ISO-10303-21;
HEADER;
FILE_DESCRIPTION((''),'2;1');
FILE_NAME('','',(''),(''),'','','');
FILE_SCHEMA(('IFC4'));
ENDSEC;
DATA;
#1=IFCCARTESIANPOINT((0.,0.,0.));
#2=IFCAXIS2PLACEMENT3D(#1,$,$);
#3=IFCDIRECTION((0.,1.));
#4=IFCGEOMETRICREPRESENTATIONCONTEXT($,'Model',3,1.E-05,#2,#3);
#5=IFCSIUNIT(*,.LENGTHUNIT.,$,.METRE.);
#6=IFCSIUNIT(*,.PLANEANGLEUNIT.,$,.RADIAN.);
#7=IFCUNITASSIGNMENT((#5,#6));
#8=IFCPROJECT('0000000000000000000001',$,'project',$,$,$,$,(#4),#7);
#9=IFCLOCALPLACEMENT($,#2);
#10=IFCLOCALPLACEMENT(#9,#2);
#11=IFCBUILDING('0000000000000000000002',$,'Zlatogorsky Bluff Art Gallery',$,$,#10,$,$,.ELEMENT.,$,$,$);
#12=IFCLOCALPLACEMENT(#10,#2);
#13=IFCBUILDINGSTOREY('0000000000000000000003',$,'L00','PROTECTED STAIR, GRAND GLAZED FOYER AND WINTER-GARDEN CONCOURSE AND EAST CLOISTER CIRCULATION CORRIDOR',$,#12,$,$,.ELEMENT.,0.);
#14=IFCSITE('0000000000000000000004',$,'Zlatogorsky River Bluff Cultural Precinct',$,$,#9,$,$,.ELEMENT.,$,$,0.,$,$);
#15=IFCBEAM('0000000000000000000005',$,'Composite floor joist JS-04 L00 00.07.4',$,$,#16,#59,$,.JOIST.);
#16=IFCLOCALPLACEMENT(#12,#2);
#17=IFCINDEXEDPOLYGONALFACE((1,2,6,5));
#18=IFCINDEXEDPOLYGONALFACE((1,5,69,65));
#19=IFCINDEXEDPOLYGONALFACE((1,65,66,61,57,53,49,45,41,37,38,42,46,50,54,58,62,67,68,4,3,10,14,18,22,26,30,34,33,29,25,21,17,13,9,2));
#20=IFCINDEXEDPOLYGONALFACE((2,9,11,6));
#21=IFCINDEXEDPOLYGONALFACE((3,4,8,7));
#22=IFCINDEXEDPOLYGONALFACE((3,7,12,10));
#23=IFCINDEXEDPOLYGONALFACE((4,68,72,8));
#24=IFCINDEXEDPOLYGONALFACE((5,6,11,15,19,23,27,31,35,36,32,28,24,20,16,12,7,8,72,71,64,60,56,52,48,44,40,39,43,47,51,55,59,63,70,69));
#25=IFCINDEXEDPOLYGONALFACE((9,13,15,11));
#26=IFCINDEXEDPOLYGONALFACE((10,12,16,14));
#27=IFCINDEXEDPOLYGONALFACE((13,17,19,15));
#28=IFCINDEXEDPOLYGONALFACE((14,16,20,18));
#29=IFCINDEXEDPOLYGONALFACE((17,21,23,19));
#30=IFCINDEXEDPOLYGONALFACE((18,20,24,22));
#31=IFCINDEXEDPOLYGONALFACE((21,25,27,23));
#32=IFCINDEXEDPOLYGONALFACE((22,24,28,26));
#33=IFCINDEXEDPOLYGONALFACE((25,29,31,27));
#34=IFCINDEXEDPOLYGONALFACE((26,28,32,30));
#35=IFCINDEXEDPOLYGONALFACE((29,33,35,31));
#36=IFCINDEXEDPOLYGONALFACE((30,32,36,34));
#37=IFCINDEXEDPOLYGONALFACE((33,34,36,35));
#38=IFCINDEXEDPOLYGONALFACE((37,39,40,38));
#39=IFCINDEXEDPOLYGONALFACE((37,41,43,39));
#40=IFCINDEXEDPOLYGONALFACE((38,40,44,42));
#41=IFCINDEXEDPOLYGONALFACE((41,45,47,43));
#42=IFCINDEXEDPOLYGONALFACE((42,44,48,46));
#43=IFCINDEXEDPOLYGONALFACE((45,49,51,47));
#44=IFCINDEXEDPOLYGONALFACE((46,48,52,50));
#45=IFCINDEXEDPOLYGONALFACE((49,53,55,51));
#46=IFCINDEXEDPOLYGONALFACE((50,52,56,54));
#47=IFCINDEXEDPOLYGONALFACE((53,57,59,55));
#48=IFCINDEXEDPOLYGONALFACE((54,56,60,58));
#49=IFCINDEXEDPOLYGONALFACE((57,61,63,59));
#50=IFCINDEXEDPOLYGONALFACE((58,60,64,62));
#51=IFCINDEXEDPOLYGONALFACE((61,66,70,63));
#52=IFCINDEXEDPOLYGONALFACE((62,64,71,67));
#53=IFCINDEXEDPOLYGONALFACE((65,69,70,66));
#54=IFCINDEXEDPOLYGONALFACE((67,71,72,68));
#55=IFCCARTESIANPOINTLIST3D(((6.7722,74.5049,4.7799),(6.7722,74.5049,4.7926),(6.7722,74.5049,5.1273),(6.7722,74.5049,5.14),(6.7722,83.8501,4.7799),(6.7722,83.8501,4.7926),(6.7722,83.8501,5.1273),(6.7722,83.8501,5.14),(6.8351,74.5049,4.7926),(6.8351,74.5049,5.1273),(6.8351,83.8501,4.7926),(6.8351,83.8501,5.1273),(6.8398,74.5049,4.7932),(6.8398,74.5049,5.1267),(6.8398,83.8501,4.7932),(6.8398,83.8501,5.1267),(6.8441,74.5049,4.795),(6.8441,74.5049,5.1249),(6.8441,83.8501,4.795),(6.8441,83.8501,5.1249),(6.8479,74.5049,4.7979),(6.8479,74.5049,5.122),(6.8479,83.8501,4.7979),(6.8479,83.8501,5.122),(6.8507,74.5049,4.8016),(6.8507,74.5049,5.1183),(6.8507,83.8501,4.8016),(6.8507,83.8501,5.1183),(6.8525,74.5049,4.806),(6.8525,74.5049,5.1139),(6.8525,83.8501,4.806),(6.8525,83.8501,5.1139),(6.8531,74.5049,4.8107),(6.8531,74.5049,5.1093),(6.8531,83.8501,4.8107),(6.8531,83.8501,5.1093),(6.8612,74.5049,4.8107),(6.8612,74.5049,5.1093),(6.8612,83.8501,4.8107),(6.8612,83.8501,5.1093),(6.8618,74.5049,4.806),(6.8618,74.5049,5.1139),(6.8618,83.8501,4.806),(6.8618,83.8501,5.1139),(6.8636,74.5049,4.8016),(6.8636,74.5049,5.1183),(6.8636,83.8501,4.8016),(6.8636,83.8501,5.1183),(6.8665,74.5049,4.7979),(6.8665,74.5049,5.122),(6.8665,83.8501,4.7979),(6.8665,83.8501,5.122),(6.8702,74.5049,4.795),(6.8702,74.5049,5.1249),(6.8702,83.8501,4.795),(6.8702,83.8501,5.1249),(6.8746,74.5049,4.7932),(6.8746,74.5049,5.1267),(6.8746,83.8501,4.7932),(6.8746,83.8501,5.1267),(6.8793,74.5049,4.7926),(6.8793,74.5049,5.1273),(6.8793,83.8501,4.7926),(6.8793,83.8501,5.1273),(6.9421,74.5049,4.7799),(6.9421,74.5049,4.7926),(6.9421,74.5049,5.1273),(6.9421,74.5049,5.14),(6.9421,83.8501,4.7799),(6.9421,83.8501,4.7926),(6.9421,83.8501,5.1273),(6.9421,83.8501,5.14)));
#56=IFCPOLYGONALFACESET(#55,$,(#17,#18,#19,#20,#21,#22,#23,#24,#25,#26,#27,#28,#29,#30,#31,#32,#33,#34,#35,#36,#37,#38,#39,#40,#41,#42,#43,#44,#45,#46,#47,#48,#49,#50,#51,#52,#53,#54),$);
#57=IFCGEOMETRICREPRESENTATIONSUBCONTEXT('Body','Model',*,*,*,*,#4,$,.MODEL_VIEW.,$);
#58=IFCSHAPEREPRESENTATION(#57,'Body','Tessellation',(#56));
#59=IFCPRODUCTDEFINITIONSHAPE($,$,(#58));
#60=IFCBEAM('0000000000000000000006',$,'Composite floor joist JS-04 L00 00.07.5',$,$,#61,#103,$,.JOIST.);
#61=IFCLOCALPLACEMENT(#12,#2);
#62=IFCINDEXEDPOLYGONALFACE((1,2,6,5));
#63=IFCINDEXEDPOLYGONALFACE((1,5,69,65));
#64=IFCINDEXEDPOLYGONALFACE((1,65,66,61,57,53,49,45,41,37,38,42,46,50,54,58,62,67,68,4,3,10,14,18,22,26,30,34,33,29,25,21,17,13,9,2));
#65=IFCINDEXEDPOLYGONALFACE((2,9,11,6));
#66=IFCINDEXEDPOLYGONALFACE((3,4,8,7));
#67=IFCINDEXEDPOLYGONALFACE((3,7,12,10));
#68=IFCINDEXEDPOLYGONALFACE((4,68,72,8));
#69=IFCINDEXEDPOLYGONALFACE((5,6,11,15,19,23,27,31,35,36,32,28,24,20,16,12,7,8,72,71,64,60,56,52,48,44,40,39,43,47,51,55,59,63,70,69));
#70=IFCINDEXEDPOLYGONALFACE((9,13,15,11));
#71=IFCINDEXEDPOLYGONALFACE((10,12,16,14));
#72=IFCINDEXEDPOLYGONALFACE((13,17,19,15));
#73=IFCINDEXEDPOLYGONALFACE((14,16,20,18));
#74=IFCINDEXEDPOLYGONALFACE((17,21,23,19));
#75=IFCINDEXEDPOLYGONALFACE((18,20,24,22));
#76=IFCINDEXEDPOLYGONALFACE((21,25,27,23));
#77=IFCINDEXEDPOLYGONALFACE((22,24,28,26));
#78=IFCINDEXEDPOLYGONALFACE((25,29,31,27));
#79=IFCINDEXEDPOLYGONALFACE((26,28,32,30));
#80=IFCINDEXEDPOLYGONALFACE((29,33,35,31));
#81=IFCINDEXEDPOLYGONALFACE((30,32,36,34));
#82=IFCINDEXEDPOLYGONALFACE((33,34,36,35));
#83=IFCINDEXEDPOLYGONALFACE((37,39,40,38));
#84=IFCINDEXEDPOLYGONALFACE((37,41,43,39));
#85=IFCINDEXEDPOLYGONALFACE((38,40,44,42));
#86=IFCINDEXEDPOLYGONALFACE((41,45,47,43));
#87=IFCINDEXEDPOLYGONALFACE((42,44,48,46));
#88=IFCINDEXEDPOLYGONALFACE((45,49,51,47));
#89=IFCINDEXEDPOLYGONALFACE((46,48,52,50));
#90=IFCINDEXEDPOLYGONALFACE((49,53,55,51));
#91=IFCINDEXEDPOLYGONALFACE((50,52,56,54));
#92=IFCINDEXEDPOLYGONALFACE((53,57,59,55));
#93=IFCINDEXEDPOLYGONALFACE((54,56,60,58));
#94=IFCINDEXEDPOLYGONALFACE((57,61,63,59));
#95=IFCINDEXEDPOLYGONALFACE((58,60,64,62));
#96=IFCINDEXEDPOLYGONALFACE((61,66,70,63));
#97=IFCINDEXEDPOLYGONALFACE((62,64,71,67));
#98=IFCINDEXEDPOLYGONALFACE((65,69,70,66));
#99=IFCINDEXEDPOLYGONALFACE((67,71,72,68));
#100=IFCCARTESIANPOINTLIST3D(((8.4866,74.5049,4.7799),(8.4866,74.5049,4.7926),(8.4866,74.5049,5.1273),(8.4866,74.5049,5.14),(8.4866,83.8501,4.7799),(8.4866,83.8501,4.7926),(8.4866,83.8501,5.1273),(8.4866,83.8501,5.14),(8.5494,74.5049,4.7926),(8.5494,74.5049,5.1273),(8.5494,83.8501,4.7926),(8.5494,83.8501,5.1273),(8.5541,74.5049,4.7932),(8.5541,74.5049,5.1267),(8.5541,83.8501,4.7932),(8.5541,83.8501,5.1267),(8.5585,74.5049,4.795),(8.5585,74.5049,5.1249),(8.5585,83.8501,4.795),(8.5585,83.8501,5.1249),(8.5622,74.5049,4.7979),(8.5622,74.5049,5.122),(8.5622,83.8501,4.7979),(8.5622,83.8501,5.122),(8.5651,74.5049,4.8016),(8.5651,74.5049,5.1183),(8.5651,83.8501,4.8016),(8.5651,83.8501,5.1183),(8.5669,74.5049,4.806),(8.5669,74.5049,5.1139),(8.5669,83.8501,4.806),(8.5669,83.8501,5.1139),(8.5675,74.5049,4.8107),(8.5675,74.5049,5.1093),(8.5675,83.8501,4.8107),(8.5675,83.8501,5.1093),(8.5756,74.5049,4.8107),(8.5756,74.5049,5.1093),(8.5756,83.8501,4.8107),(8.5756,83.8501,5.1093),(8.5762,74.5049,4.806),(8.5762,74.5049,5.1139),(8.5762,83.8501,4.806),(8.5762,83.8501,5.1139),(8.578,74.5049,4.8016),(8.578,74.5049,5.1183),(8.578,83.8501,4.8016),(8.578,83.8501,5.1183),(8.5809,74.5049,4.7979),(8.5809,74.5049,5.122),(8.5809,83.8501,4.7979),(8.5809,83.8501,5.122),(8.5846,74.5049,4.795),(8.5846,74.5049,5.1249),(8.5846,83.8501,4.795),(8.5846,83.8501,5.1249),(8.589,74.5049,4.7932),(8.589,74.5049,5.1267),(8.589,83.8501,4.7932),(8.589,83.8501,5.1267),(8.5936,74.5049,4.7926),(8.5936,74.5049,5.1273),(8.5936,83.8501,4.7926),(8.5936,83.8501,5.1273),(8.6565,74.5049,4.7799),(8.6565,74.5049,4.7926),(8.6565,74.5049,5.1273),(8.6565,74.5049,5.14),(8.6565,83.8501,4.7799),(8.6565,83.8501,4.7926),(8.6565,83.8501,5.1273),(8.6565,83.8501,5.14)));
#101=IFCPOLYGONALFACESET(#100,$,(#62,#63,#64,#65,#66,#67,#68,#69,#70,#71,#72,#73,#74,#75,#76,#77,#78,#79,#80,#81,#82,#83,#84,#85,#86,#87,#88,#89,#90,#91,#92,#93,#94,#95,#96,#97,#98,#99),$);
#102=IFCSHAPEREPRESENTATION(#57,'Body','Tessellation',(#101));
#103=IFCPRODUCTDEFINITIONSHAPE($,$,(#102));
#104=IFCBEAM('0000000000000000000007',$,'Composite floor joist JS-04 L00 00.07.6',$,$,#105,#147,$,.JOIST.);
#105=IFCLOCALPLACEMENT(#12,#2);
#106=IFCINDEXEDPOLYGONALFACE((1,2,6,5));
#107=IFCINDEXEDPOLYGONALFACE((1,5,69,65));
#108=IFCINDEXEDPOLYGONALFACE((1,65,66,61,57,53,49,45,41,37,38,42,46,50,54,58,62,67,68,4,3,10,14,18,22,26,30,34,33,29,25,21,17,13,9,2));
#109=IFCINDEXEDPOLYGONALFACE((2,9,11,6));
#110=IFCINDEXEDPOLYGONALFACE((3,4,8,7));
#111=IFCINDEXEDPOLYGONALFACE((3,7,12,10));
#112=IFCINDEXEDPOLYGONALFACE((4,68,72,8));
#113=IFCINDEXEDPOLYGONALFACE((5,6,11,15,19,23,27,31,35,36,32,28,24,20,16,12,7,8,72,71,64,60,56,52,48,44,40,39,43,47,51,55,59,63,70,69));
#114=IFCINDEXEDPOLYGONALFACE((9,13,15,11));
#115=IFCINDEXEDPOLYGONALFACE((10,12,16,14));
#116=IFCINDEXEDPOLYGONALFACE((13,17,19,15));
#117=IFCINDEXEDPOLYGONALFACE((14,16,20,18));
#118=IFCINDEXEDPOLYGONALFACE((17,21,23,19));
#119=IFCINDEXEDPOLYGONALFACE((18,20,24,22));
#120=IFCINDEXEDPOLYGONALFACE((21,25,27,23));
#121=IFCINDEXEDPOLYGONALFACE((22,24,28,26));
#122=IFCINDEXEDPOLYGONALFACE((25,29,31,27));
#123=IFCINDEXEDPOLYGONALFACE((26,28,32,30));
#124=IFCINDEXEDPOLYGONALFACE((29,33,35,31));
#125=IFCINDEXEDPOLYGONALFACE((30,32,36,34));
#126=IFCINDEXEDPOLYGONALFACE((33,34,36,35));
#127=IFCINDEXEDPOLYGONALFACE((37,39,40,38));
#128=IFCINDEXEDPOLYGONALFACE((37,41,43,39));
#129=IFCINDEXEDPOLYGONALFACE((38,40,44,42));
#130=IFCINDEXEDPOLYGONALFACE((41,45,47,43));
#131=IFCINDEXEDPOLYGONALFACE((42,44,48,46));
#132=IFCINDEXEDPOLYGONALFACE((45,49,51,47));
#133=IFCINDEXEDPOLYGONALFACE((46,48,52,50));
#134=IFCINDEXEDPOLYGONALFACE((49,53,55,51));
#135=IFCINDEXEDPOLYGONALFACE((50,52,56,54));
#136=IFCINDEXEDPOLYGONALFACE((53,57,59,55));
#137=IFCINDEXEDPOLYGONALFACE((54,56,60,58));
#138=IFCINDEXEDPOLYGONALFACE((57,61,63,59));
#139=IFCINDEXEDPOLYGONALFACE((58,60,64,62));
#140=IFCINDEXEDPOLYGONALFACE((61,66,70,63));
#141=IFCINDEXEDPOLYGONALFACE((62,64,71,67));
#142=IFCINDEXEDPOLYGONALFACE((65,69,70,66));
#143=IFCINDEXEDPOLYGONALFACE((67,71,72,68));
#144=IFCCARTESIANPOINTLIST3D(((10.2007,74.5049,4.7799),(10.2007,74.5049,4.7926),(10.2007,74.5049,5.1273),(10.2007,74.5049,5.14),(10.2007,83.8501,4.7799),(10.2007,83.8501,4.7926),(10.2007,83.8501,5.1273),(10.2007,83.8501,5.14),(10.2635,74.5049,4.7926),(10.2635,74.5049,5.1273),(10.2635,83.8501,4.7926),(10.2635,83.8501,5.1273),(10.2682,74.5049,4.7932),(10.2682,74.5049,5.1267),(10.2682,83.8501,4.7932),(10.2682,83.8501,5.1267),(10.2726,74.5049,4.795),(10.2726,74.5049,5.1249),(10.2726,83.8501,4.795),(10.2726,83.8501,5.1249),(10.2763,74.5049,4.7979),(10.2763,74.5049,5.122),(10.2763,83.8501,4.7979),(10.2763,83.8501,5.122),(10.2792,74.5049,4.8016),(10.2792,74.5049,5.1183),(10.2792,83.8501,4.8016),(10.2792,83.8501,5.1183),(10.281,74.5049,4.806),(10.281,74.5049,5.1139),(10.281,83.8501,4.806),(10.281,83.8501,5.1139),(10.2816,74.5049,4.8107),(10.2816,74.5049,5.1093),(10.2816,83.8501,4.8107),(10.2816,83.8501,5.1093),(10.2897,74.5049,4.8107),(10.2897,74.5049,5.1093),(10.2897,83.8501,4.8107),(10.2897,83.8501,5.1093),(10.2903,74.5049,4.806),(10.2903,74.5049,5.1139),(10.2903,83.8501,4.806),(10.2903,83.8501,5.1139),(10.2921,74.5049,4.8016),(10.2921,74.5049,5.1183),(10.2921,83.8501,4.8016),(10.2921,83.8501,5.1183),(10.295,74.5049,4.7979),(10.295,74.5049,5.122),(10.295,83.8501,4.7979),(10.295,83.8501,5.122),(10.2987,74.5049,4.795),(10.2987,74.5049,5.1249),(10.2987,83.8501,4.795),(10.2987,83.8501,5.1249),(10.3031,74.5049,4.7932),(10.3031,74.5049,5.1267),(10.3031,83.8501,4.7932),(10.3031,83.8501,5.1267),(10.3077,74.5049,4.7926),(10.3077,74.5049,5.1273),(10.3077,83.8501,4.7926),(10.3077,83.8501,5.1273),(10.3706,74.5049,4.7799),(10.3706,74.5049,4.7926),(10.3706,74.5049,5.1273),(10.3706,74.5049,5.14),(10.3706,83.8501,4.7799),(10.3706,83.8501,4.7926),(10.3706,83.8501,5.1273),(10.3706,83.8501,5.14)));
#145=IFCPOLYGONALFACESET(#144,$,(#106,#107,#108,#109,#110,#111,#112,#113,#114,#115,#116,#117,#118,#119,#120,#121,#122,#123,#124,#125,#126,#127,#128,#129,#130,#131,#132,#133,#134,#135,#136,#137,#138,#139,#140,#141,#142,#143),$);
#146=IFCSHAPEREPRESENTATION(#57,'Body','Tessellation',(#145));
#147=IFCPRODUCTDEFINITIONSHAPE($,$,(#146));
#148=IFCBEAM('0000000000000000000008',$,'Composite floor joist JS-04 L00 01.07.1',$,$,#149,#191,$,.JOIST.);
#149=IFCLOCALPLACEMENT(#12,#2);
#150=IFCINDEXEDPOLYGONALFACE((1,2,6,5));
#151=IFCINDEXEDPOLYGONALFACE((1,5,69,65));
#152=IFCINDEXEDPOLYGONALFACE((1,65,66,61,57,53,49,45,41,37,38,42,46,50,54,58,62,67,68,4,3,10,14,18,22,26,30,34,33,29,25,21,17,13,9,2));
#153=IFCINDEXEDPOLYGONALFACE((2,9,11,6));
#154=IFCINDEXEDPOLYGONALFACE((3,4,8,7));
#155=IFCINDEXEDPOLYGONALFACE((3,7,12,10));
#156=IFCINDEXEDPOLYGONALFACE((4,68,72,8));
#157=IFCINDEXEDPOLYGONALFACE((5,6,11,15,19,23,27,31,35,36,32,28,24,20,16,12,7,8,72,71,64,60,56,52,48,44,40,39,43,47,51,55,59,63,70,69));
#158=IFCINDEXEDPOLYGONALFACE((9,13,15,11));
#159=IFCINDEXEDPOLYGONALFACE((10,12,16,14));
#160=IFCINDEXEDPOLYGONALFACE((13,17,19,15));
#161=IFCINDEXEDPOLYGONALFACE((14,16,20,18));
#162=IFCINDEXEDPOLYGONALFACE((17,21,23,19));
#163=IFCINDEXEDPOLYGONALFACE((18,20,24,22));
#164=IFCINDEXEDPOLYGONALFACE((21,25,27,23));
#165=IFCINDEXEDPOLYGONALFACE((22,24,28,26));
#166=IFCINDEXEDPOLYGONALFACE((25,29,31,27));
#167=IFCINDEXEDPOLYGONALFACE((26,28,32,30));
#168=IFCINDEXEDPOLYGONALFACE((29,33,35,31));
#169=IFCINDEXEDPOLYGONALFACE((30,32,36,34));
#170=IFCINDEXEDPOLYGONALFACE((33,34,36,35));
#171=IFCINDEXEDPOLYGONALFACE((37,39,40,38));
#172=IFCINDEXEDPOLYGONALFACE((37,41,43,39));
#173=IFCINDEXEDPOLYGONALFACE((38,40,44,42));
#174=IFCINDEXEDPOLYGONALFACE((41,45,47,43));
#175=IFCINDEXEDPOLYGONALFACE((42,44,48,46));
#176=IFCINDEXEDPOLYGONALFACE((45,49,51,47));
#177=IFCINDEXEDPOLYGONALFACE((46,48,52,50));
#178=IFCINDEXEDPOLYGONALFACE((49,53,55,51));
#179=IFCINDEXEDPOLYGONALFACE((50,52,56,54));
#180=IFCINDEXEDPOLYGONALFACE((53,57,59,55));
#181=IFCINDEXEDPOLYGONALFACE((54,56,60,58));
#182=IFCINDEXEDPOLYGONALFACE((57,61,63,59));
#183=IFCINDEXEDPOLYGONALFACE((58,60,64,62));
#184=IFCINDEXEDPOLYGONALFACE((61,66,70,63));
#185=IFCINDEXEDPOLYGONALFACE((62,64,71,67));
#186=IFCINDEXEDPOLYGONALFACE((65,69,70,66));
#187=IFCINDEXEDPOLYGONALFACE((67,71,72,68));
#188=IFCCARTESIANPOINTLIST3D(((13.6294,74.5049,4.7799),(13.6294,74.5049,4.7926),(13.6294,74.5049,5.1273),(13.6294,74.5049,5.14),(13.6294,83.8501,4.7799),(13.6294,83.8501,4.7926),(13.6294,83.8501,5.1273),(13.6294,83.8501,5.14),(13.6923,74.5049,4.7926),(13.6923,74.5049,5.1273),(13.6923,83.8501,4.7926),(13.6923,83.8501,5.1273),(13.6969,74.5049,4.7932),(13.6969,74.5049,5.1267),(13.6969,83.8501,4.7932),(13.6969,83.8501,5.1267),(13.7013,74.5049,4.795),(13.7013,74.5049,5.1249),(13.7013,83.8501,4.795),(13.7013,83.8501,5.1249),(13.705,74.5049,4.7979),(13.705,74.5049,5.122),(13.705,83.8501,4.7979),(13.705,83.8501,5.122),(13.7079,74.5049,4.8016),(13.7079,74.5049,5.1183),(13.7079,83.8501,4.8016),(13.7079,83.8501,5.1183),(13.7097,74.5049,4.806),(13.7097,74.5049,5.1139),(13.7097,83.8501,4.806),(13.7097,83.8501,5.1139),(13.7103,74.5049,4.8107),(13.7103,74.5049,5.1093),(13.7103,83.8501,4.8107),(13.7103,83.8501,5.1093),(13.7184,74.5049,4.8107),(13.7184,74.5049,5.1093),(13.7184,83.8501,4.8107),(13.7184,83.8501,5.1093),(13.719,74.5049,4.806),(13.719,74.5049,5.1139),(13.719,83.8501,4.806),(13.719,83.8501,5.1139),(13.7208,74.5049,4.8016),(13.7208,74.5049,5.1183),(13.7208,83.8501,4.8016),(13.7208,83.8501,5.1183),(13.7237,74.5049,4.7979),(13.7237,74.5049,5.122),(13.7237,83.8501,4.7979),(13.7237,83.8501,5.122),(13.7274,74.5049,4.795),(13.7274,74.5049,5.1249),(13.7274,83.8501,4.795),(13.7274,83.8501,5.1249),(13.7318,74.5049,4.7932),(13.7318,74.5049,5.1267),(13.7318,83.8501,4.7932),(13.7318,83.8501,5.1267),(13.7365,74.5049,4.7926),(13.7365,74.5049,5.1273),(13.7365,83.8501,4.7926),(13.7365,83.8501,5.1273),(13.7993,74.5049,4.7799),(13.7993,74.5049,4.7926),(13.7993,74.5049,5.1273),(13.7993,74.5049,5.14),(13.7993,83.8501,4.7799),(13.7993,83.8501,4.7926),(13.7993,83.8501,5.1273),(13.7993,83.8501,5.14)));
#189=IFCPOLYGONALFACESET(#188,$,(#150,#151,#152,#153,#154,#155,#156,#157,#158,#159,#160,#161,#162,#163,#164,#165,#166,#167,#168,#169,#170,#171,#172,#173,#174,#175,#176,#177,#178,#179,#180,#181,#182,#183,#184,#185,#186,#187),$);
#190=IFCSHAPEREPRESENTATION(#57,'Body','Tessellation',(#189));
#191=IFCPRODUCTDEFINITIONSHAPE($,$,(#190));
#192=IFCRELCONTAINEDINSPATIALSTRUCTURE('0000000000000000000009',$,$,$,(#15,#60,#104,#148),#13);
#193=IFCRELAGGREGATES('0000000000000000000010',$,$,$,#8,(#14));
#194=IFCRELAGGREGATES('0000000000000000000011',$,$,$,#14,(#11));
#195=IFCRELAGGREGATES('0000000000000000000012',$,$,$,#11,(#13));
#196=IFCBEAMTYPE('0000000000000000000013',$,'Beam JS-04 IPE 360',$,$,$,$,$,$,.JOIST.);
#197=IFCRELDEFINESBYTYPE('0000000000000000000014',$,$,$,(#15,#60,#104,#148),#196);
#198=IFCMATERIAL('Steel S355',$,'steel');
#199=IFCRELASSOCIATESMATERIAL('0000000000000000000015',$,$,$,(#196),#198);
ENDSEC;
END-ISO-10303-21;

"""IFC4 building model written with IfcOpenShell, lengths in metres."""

from ifc_helpers import new_model, si_unit, direction, frame, origin, origin_2d, place, context, subcontext, project, spatial, i_section, extrude, material, material_profile, profile_set, type_object, element, save


model = new_model("IFC4")

# Units and contexts
model_context = context("Model", 3, precision=1e-05, world=origin(), true_north=direction((0.0, 1.0)))
body_context = subcontext(model_context, "Body", "Model", "MODEL_VIEW")
ifc_project = project(units=[si_unit("LENGTHUNIT", "METRE"), si_unit("PLANEANGLEUNIT", "RADIAN")], contexts=[model_context])

# Site, building, storey
site_placement = place(None, origin())
site = spatial("IfcSite", under=ifc_project, at=site_placement, Name="Zlatogorsky River Bluff Cultural Precinct", CompositionType="ELEMENT", RefElevation=0.0)
building_placement = place(site_placement, origin())
building = spatial("IfcBuilding", under=site, at=building_placement, Name="Zlatogorsky Bluff Art Gallery", CompositionType="ELEMENT")
storey_placement = place(building_placement, origin())
storey = spatial("IfcBuildingStorey", under=building, at=storey_placement, Name="L00", Description="PROTECTED STAIR, GRAND GLAZED FOYER AND WINTER-GARDEN CONCOURSE AND EAST CLOISTER CIRCULATION CORRIDOR", CompositionType="ELEMENT", Elevation=0.0)

# Shared definitions
ifc_material_1 = material(Name="Steel S355", Category="steel")

# Beams
ifc_material_profile_1 = material_profile(ifc_material_1, i_section(OverallWidth=0.1699, OverallDepth=0.3601, WebThickness=0.0081, FlangeThickness=0.0127, FilletRadius=0.0181, at=origin_2d()), Name="IPE 360")
ifc_profile_set_1 = profile_set([ifc_material_profile_1], Name="Steel S355")
beam_type_1 = type_object("IfcBeamType", Name="Beam JS-04 IPE 360", PredefinedType="JOIST", material=ifc_profile_set_1)
for number, where, z_axis, x_axis, name in (
    (1, (6.8572, 74.5049, 4.96), (0.0, 1.0, 0.0), (-1.0, 0.0, 0.0), "Composite floor joist JS-04 L00 00.07.4"),
    (2, (8.5715, 74.5049, 4.96), (0.0, 1.0, 0.0), (-1.0, 0.0, 0.0), "Composite floor joist JS-04 L00 00.07.5"),
    (3, (10.2856, 74.5049, 4.96), (0.0, 1.0, 0.0), (-1.0, 0.0, 0.0), "Composite floor joist JS-04 L00 00.07.6"),
    (4, (13.7144, 74.5049, 4.96), (0.0, 1.0, 0.0), (-1.0, 0.0, 0.0), "Composite floor joist JS-04 L00 01.07.1"),
):
    element("IfcBeam", number, at=place(storey_placement, frame(where, z_axis=z_axis, x_axis=x_axis)), inside=storey, type_object=beam_type_1, Name=name, PredefinedType="JOIST", context=body_context, shape_type="SweptSolid", body=[
        extrude(i_section(OverallWidth=0.1699, OverallDepth=0.3601, WebThickness=0.0081, FlangeThickness=0.0127, FilletRadius=0.0181, at=origin_2d()), origin(), (0.0, 0.0, 1.0), 9.3452),
    ])

save(model, "model.ifc")
